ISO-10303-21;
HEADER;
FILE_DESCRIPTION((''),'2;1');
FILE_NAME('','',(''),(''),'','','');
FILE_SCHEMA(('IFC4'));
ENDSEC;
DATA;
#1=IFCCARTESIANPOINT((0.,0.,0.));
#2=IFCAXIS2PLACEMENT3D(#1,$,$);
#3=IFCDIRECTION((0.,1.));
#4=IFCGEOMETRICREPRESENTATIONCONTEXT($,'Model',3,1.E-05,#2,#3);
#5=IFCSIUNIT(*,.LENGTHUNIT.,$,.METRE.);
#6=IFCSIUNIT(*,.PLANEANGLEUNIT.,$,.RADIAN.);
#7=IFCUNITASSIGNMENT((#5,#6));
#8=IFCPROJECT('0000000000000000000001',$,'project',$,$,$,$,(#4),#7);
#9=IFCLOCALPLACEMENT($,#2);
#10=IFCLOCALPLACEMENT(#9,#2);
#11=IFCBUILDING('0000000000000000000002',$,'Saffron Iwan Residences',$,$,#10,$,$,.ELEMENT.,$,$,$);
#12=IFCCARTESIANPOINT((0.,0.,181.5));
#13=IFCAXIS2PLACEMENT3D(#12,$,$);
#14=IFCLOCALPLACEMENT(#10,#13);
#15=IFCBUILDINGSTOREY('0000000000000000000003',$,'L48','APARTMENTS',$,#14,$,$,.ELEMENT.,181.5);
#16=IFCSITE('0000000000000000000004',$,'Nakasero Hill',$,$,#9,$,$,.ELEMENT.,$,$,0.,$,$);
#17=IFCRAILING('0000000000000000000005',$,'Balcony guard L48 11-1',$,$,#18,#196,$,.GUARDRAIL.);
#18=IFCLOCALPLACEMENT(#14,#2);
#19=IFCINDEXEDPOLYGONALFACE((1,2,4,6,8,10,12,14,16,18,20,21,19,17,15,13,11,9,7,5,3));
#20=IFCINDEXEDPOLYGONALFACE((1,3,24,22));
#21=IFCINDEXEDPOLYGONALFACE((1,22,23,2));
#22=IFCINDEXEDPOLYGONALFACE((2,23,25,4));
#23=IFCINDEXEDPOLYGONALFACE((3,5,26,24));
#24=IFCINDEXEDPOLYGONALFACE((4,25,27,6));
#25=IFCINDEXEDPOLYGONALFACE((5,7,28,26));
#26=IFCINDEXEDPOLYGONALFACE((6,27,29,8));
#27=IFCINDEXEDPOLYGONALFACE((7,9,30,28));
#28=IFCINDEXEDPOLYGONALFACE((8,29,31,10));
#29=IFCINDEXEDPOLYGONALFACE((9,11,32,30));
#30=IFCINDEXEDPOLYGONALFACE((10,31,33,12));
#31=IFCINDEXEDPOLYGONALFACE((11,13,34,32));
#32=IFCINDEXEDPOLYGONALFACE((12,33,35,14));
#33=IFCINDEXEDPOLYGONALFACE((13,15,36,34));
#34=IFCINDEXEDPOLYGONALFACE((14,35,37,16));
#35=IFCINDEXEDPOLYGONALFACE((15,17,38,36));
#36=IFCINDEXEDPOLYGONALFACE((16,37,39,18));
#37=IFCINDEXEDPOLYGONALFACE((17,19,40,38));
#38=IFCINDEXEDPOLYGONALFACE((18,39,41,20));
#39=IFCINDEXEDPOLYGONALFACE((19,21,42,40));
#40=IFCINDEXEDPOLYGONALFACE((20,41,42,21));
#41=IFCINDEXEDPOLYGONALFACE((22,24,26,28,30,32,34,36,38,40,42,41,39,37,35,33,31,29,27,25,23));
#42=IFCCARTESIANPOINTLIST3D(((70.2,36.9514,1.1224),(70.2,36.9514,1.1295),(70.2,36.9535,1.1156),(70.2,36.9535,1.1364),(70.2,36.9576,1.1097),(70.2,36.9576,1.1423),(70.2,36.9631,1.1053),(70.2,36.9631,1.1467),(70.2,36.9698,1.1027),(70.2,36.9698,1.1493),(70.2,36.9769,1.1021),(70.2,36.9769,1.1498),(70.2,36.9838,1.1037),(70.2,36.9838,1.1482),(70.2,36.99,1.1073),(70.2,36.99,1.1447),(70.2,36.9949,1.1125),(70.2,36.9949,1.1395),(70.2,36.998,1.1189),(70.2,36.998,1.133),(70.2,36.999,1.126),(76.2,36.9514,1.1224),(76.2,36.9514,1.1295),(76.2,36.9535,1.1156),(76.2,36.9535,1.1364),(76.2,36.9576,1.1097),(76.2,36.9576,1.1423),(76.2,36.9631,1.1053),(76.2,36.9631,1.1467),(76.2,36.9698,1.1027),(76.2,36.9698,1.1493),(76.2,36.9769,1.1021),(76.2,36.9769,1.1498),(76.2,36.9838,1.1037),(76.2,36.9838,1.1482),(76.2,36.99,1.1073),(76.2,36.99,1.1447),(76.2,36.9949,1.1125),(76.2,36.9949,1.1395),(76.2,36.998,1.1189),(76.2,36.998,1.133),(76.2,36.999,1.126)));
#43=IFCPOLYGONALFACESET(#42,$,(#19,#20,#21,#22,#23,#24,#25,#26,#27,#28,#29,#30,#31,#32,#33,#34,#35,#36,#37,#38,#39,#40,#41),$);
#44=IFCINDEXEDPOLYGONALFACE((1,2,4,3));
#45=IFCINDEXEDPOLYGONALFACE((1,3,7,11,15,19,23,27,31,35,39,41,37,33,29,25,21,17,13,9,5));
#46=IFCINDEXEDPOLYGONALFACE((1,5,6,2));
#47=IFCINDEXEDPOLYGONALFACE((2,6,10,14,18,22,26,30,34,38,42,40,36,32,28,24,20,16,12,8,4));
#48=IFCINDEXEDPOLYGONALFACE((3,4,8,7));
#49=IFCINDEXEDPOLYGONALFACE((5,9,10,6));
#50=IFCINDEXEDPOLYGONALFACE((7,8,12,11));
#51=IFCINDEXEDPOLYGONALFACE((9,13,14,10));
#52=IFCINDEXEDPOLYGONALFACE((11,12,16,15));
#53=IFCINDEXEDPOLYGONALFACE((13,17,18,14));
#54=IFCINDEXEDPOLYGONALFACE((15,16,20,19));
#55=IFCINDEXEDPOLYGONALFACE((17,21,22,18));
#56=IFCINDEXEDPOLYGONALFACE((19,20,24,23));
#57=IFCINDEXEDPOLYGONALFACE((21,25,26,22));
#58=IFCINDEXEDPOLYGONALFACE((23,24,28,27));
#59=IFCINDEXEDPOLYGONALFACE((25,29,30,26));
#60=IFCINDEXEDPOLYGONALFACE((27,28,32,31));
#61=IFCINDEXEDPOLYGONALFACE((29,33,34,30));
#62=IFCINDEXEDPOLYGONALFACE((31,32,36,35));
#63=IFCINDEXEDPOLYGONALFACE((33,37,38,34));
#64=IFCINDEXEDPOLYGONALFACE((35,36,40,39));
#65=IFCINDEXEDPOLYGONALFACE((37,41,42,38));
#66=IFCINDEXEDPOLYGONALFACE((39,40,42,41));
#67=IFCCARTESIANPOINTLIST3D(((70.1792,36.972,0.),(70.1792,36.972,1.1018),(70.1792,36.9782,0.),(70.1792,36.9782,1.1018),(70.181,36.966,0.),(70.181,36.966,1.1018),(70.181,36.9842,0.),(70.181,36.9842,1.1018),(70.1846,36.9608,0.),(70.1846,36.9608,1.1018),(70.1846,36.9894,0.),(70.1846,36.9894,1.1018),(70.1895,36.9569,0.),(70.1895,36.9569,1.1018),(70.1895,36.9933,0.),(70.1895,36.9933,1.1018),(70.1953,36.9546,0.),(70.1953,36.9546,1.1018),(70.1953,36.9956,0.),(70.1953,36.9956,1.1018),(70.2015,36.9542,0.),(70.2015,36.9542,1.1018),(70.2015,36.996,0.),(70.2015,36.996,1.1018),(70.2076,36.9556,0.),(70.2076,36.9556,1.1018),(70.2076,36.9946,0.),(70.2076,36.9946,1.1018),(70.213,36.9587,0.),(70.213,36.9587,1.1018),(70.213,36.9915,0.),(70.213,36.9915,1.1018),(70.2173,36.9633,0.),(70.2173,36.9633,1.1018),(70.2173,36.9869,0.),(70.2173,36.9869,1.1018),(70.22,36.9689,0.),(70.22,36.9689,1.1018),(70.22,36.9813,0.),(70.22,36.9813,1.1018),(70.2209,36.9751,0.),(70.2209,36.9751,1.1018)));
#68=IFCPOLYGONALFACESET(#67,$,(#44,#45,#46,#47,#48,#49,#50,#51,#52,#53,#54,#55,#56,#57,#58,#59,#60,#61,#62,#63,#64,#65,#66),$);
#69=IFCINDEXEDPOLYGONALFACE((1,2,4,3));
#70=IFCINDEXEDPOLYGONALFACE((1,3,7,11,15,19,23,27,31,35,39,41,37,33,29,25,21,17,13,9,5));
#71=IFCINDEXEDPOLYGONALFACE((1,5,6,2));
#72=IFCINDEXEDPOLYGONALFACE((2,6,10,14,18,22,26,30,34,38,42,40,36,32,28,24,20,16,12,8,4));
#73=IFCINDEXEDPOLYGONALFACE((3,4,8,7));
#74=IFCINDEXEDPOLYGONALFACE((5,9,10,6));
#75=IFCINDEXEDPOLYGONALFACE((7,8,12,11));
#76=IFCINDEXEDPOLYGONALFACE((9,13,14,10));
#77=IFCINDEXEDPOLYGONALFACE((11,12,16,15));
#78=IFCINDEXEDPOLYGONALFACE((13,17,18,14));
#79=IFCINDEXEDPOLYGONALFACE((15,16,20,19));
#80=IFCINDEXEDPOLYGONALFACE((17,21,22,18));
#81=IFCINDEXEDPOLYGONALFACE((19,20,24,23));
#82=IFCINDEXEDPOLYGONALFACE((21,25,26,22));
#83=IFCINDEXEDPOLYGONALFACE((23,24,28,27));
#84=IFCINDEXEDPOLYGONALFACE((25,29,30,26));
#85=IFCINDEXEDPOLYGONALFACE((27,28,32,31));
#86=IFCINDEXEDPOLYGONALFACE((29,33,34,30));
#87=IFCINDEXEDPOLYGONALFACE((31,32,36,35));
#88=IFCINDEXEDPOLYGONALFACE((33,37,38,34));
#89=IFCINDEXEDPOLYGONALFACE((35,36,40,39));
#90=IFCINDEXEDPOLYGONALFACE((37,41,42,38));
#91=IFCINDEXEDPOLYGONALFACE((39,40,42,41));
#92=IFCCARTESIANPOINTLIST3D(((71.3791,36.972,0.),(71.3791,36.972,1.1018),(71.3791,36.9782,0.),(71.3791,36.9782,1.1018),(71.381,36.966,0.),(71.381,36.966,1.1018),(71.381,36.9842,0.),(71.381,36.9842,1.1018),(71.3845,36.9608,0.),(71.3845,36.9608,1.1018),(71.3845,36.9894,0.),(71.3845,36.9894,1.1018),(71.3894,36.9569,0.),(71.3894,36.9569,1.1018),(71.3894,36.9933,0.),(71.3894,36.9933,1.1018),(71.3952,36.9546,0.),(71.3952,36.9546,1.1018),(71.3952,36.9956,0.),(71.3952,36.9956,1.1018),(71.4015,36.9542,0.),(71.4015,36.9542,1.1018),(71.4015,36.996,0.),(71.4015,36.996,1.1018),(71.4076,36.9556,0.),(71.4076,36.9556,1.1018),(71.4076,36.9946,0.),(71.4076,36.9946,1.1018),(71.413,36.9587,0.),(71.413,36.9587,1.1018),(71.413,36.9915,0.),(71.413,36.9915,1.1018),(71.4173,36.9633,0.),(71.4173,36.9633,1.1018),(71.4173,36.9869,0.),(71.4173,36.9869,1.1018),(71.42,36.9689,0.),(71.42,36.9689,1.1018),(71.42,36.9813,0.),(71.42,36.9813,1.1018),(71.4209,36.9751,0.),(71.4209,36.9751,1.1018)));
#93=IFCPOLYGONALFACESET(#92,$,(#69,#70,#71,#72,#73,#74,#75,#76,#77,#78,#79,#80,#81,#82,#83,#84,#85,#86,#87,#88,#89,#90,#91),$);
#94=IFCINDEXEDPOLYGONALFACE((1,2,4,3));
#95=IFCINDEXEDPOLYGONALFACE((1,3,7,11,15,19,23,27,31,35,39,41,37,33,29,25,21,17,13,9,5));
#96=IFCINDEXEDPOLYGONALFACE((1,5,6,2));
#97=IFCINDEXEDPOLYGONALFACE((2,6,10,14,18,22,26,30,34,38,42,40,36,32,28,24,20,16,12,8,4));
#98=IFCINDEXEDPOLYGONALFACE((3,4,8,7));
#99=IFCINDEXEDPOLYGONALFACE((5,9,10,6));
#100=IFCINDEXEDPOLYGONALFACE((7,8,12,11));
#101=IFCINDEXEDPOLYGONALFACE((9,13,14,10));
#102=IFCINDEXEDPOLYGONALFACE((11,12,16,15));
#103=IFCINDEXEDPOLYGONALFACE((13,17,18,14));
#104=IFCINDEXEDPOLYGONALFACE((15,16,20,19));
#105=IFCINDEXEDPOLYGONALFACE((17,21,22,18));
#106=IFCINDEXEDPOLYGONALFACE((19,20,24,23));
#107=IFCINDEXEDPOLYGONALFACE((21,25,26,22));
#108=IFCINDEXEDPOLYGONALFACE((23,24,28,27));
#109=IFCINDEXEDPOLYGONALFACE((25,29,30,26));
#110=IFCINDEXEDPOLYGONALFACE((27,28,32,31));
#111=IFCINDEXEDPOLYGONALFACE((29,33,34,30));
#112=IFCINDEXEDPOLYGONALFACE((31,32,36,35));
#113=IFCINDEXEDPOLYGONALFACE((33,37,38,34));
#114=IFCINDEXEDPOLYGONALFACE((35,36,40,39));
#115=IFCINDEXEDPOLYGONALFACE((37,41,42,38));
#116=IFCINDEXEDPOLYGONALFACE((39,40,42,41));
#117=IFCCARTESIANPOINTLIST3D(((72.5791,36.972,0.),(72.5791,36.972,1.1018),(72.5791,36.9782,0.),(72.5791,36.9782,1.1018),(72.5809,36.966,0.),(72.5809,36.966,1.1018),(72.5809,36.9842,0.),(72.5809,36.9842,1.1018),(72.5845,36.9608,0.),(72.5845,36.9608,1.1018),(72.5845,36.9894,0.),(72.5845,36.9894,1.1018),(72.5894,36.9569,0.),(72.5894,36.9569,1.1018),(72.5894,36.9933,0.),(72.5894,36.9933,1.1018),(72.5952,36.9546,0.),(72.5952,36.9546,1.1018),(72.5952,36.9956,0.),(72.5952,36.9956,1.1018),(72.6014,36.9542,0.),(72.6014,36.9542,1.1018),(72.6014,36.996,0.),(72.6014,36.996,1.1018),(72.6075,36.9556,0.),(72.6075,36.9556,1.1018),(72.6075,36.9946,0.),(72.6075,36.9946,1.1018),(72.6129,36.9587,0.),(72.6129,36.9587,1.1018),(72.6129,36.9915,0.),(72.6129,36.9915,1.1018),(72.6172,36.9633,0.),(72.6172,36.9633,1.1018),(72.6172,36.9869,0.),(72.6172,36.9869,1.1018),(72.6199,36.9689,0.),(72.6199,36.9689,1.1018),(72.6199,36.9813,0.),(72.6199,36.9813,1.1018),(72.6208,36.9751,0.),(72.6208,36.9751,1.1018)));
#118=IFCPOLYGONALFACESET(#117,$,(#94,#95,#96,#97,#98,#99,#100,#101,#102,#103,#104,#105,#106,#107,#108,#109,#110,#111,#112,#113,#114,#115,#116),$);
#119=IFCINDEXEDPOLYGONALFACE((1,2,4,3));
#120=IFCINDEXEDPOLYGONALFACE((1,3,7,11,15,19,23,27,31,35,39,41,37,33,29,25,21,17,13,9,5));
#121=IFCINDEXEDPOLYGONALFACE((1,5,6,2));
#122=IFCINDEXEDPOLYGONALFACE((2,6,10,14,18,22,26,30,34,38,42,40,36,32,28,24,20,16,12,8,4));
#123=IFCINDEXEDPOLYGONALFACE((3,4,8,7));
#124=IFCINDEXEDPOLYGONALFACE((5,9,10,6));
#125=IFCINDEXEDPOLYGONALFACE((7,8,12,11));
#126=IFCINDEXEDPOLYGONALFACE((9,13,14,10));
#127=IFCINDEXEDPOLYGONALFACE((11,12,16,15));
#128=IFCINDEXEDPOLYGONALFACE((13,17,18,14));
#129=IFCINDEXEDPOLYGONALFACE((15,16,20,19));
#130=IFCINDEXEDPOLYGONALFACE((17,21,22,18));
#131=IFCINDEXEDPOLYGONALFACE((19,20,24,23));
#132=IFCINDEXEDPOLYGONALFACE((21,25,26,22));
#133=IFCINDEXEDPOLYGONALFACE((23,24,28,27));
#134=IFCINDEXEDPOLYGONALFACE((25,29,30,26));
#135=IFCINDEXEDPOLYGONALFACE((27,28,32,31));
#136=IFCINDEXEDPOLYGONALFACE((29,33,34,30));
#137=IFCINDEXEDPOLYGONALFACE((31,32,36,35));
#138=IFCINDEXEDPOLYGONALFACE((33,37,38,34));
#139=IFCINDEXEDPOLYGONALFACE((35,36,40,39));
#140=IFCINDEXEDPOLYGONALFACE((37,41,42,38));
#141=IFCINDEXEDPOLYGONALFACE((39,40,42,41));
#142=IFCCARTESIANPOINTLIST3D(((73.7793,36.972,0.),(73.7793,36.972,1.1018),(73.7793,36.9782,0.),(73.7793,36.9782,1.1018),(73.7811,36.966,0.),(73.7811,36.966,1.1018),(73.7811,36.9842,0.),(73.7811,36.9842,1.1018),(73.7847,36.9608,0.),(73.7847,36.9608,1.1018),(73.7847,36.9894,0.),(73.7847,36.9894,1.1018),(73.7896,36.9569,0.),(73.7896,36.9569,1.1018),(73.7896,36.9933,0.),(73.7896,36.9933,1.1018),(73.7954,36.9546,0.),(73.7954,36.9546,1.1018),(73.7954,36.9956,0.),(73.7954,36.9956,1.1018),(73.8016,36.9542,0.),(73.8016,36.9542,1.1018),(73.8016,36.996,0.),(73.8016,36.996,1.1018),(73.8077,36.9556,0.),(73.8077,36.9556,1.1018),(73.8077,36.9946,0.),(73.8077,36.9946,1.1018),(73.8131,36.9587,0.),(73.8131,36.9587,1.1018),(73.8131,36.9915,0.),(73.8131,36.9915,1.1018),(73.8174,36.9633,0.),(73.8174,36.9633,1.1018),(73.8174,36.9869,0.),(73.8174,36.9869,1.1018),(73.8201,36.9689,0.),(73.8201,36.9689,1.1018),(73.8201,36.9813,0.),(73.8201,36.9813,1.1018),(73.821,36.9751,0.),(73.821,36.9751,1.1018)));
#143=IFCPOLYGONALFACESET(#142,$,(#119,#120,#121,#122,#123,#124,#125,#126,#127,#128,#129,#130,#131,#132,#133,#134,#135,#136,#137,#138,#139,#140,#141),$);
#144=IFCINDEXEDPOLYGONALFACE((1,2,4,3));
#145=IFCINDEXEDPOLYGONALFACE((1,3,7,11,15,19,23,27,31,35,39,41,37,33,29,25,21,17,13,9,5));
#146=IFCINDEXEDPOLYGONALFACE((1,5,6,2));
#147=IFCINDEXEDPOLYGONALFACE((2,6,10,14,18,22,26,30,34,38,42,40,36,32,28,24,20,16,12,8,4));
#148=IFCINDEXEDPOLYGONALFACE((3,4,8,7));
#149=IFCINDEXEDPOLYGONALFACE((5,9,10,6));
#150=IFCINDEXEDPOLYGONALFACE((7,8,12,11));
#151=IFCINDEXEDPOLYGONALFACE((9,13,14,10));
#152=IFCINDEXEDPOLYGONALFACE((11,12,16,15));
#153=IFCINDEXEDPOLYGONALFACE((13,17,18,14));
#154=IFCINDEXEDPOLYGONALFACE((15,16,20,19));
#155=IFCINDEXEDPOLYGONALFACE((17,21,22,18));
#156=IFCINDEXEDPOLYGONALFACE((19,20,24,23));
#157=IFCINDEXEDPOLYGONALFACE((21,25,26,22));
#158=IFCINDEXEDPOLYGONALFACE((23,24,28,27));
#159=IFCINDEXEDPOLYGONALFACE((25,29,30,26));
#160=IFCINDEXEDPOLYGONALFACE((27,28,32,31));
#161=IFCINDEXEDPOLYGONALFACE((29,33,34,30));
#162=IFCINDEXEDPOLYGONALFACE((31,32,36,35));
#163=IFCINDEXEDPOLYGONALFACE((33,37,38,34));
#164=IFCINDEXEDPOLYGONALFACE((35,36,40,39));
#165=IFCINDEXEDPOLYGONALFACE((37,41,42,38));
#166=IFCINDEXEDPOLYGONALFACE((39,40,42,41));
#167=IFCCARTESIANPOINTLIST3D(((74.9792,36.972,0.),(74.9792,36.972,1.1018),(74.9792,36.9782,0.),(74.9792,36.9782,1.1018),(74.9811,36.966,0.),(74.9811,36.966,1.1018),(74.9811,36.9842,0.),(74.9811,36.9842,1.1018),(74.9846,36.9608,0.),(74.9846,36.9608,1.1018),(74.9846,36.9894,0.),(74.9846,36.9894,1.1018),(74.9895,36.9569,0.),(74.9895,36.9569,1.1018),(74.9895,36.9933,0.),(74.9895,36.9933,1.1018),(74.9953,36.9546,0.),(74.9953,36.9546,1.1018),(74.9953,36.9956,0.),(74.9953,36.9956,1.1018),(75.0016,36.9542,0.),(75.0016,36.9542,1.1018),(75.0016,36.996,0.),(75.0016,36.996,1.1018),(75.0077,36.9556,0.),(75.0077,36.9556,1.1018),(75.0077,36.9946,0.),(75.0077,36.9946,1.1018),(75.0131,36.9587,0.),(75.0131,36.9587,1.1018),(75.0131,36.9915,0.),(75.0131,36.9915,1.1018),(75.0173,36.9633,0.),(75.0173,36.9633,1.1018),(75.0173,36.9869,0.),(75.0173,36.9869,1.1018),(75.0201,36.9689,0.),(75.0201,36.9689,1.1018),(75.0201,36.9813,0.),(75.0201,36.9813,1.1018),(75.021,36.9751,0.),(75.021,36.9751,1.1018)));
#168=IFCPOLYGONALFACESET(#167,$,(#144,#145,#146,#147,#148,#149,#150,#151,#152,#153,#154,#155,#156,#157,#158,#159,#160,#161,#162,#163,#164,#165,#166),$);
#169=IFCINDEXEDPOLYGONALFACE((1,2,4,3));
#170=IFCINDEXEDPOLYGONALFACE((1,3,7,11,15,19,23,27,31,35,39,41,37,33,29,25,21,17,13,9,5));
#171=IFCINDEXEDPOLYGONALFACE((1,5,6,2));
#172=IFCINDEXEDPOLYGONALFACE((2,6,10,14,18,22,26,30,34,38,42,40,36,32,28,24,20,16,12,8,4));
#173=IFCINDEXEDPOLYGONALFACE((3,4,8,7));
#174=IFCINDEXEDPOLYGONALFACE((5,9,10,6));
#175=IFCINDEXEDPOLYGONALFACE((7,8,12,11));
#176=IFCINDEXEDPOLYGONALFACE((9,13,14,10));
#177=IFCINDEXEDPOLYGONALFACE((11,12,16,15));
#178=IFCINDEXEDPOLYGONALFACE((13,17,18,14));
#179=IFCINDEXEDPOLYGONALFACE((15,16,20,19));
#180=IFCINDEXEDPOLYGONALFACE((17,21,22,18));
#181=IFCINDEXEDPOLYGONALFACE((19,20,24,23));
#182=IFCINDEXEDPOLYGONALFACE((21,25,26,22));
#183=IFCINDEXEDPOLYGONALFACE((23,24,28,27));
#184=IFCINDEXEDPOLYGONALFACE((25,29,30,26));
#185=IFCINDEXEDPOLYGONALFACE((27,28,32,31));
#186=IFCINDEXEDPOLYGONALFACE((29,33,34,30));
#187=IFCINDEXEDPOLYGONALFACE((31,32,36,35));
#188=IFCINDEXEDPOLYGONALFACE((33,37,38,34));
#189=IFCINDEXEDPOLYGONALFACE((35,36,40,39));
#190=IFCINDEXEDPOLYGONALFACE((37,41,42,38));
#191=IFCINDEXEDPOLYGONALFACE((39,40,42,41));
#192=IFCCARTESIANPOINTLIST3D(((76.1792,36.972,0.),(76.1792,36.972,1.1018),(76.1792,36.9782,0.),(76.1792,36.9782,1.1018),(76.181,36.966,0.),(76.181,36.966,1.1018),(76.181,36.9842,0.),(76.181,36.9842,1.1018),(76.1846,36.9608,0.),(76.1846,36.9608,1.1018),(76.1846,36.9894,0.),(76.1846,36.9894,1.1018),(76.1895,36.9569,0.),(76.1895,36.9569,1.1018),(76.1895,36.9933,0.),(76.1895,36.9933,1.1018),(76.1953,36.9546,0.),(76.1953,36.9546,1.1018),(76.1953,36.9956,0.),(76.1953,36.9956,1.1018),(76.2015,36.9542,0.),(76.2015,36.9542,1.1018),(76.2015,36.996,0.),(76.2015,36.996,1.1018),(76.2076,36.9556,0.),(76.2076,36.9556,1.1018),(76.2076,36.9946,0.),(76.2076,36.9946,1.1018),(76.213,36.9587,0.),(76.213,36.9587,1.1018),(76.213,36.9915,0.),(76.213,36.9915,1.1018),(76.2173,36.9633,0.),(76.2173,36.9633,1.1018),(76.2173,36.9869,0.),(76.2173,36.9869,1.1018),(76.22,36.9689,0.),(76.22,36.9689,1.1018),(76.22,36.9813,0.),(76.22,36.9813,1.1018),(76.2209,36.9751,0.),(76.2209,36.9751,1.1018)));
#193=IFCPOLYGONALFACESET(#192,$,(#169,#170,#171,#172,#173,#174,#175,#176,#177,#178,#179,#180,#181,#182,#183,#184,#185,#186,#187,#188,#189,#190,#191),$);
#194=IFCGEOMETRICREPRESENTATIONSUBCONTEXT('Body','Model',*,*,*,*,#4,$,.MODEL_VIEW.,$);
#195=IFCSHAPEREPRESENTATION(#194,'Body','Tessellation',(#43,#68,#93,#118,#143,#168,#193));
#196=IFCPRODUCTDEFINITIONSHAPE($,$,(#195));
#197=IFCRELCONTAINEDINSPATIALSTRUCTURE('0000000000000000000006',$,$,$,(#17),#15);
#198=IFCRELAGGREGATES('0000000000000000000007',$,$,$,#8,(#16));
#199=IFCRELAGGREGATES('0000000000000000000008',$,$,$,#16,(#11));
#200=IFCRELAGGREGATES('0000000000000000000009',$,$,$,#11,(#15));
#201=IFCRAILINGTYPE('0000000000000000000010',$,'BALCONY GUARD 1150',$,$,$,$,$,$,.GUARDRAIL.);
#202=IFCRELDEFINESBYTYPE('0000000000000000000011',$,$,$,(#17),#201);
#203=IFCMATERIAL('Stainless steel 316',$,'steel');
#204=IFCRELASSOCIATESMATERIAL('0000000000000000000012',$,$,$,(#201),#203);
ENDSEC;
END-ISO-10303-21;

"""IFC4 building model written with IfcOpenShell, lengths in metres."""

from ifc_helpers import new_model, si_unit, direction, frame, origin, origin_2d, place, context, subcontext, project, spatial, circle, extrude, material, type_object, element, save


model = new_model("IFC4")

# Units and contexts
model_context = context("Model", 3, precision=1e-05, world=origin(), true_north=direction((0.0, 1.0)))
body_context = subcontext(model_context, "Body", "Model", "MODEL_VIEW")
ifc_project = project(units=[si_unit("LENGTHUNIT", "METRE"), si_unit("PLANEANGLEUNIT", "RADIAN")], contexts=[model_context])

# Site, building, storey
site_placement = place(None, origin())
site = spatial("IfcSite", under=ifc_project, at=site_placement, Name="Nakasero Hill", CompositionType="ELEMENT", RefElevation=0.0)
building_placement = place(site_placement, origin())
building = spatial("IfcBuilding", under=site, at=building_placement, Name="Saffron Iwan Residences", CompositionType="ELEMENT")
storey_placement = place(building_placement, frame((0.0, 0.0, 181.5)))
storey = spatial("IfcBuildingStorey", under=building, at=storey_placement, Name="L48", Description="APARTMENTS", CompositionType="ELEMENT", Elevation=181.5)

# Railing
ifc_material_1 = material(Name="Stainless steel 316", Category="steel")
railing_type = type_object("IfcRailingType", Name="BALCONY GUARD 1150", PredefinedType="GUARDRAIL", material=ifc_material_1)
railing_placement = place(storey_placement, frame((70.2, 36.9751, 0.0)))
element("IfcRailing", 1, at=railing_placement, inside=storey, type_object=railing_type, Name="Balcony guard L48 11-1", PredefinedType="GUARDRAIL", context=body_context, shape_type="SweptSolid", body=[
    extrude(circle(Radius=0.0239, at=origin_2d()), frame((0.0, 0.0, 1.126), z_axis=(1.0, 0.0, 0.0), x_axis=(0.0, 1.0, 0.0)), (0.0, 0.0, 1.0), 6.0),
    extrude(circle(Radius=0.021, at=origin_2d()), origin(), (0.0, 0.0, 1.0), 1.1018),
    extrude(circle(Radius=0.021, at=origin_2d()), frame((1.2, 0.0, 0.0)), (0.0, 0.0, 1.0), 1.1018),
    extrude(circle(Radius=0.021, at=origin_2d()), frame((2.3999, 0.0, 0.0)), (0.0, 0.0, 1.0), 1.1018),
    extrude(circle(Radius=0.021, at=origin_2d()), frame((3.6001, 0.0, 0.0)), (0.0, 0.0, 1.0), 1.1018),
    extrude(circle(Radius=0.021, at=origin_2d()), frame((4.8, 0.0, 0.0)), (0.0, 0.0, 1.0), 1.1018),
    extrude(circle(Radius=0.021, at=origin_2d()), frame((6.0, 0.0, 0.0)), (0.0, 0.0, 1.0), 1.1018),
])

save(model, "model.ifc")
